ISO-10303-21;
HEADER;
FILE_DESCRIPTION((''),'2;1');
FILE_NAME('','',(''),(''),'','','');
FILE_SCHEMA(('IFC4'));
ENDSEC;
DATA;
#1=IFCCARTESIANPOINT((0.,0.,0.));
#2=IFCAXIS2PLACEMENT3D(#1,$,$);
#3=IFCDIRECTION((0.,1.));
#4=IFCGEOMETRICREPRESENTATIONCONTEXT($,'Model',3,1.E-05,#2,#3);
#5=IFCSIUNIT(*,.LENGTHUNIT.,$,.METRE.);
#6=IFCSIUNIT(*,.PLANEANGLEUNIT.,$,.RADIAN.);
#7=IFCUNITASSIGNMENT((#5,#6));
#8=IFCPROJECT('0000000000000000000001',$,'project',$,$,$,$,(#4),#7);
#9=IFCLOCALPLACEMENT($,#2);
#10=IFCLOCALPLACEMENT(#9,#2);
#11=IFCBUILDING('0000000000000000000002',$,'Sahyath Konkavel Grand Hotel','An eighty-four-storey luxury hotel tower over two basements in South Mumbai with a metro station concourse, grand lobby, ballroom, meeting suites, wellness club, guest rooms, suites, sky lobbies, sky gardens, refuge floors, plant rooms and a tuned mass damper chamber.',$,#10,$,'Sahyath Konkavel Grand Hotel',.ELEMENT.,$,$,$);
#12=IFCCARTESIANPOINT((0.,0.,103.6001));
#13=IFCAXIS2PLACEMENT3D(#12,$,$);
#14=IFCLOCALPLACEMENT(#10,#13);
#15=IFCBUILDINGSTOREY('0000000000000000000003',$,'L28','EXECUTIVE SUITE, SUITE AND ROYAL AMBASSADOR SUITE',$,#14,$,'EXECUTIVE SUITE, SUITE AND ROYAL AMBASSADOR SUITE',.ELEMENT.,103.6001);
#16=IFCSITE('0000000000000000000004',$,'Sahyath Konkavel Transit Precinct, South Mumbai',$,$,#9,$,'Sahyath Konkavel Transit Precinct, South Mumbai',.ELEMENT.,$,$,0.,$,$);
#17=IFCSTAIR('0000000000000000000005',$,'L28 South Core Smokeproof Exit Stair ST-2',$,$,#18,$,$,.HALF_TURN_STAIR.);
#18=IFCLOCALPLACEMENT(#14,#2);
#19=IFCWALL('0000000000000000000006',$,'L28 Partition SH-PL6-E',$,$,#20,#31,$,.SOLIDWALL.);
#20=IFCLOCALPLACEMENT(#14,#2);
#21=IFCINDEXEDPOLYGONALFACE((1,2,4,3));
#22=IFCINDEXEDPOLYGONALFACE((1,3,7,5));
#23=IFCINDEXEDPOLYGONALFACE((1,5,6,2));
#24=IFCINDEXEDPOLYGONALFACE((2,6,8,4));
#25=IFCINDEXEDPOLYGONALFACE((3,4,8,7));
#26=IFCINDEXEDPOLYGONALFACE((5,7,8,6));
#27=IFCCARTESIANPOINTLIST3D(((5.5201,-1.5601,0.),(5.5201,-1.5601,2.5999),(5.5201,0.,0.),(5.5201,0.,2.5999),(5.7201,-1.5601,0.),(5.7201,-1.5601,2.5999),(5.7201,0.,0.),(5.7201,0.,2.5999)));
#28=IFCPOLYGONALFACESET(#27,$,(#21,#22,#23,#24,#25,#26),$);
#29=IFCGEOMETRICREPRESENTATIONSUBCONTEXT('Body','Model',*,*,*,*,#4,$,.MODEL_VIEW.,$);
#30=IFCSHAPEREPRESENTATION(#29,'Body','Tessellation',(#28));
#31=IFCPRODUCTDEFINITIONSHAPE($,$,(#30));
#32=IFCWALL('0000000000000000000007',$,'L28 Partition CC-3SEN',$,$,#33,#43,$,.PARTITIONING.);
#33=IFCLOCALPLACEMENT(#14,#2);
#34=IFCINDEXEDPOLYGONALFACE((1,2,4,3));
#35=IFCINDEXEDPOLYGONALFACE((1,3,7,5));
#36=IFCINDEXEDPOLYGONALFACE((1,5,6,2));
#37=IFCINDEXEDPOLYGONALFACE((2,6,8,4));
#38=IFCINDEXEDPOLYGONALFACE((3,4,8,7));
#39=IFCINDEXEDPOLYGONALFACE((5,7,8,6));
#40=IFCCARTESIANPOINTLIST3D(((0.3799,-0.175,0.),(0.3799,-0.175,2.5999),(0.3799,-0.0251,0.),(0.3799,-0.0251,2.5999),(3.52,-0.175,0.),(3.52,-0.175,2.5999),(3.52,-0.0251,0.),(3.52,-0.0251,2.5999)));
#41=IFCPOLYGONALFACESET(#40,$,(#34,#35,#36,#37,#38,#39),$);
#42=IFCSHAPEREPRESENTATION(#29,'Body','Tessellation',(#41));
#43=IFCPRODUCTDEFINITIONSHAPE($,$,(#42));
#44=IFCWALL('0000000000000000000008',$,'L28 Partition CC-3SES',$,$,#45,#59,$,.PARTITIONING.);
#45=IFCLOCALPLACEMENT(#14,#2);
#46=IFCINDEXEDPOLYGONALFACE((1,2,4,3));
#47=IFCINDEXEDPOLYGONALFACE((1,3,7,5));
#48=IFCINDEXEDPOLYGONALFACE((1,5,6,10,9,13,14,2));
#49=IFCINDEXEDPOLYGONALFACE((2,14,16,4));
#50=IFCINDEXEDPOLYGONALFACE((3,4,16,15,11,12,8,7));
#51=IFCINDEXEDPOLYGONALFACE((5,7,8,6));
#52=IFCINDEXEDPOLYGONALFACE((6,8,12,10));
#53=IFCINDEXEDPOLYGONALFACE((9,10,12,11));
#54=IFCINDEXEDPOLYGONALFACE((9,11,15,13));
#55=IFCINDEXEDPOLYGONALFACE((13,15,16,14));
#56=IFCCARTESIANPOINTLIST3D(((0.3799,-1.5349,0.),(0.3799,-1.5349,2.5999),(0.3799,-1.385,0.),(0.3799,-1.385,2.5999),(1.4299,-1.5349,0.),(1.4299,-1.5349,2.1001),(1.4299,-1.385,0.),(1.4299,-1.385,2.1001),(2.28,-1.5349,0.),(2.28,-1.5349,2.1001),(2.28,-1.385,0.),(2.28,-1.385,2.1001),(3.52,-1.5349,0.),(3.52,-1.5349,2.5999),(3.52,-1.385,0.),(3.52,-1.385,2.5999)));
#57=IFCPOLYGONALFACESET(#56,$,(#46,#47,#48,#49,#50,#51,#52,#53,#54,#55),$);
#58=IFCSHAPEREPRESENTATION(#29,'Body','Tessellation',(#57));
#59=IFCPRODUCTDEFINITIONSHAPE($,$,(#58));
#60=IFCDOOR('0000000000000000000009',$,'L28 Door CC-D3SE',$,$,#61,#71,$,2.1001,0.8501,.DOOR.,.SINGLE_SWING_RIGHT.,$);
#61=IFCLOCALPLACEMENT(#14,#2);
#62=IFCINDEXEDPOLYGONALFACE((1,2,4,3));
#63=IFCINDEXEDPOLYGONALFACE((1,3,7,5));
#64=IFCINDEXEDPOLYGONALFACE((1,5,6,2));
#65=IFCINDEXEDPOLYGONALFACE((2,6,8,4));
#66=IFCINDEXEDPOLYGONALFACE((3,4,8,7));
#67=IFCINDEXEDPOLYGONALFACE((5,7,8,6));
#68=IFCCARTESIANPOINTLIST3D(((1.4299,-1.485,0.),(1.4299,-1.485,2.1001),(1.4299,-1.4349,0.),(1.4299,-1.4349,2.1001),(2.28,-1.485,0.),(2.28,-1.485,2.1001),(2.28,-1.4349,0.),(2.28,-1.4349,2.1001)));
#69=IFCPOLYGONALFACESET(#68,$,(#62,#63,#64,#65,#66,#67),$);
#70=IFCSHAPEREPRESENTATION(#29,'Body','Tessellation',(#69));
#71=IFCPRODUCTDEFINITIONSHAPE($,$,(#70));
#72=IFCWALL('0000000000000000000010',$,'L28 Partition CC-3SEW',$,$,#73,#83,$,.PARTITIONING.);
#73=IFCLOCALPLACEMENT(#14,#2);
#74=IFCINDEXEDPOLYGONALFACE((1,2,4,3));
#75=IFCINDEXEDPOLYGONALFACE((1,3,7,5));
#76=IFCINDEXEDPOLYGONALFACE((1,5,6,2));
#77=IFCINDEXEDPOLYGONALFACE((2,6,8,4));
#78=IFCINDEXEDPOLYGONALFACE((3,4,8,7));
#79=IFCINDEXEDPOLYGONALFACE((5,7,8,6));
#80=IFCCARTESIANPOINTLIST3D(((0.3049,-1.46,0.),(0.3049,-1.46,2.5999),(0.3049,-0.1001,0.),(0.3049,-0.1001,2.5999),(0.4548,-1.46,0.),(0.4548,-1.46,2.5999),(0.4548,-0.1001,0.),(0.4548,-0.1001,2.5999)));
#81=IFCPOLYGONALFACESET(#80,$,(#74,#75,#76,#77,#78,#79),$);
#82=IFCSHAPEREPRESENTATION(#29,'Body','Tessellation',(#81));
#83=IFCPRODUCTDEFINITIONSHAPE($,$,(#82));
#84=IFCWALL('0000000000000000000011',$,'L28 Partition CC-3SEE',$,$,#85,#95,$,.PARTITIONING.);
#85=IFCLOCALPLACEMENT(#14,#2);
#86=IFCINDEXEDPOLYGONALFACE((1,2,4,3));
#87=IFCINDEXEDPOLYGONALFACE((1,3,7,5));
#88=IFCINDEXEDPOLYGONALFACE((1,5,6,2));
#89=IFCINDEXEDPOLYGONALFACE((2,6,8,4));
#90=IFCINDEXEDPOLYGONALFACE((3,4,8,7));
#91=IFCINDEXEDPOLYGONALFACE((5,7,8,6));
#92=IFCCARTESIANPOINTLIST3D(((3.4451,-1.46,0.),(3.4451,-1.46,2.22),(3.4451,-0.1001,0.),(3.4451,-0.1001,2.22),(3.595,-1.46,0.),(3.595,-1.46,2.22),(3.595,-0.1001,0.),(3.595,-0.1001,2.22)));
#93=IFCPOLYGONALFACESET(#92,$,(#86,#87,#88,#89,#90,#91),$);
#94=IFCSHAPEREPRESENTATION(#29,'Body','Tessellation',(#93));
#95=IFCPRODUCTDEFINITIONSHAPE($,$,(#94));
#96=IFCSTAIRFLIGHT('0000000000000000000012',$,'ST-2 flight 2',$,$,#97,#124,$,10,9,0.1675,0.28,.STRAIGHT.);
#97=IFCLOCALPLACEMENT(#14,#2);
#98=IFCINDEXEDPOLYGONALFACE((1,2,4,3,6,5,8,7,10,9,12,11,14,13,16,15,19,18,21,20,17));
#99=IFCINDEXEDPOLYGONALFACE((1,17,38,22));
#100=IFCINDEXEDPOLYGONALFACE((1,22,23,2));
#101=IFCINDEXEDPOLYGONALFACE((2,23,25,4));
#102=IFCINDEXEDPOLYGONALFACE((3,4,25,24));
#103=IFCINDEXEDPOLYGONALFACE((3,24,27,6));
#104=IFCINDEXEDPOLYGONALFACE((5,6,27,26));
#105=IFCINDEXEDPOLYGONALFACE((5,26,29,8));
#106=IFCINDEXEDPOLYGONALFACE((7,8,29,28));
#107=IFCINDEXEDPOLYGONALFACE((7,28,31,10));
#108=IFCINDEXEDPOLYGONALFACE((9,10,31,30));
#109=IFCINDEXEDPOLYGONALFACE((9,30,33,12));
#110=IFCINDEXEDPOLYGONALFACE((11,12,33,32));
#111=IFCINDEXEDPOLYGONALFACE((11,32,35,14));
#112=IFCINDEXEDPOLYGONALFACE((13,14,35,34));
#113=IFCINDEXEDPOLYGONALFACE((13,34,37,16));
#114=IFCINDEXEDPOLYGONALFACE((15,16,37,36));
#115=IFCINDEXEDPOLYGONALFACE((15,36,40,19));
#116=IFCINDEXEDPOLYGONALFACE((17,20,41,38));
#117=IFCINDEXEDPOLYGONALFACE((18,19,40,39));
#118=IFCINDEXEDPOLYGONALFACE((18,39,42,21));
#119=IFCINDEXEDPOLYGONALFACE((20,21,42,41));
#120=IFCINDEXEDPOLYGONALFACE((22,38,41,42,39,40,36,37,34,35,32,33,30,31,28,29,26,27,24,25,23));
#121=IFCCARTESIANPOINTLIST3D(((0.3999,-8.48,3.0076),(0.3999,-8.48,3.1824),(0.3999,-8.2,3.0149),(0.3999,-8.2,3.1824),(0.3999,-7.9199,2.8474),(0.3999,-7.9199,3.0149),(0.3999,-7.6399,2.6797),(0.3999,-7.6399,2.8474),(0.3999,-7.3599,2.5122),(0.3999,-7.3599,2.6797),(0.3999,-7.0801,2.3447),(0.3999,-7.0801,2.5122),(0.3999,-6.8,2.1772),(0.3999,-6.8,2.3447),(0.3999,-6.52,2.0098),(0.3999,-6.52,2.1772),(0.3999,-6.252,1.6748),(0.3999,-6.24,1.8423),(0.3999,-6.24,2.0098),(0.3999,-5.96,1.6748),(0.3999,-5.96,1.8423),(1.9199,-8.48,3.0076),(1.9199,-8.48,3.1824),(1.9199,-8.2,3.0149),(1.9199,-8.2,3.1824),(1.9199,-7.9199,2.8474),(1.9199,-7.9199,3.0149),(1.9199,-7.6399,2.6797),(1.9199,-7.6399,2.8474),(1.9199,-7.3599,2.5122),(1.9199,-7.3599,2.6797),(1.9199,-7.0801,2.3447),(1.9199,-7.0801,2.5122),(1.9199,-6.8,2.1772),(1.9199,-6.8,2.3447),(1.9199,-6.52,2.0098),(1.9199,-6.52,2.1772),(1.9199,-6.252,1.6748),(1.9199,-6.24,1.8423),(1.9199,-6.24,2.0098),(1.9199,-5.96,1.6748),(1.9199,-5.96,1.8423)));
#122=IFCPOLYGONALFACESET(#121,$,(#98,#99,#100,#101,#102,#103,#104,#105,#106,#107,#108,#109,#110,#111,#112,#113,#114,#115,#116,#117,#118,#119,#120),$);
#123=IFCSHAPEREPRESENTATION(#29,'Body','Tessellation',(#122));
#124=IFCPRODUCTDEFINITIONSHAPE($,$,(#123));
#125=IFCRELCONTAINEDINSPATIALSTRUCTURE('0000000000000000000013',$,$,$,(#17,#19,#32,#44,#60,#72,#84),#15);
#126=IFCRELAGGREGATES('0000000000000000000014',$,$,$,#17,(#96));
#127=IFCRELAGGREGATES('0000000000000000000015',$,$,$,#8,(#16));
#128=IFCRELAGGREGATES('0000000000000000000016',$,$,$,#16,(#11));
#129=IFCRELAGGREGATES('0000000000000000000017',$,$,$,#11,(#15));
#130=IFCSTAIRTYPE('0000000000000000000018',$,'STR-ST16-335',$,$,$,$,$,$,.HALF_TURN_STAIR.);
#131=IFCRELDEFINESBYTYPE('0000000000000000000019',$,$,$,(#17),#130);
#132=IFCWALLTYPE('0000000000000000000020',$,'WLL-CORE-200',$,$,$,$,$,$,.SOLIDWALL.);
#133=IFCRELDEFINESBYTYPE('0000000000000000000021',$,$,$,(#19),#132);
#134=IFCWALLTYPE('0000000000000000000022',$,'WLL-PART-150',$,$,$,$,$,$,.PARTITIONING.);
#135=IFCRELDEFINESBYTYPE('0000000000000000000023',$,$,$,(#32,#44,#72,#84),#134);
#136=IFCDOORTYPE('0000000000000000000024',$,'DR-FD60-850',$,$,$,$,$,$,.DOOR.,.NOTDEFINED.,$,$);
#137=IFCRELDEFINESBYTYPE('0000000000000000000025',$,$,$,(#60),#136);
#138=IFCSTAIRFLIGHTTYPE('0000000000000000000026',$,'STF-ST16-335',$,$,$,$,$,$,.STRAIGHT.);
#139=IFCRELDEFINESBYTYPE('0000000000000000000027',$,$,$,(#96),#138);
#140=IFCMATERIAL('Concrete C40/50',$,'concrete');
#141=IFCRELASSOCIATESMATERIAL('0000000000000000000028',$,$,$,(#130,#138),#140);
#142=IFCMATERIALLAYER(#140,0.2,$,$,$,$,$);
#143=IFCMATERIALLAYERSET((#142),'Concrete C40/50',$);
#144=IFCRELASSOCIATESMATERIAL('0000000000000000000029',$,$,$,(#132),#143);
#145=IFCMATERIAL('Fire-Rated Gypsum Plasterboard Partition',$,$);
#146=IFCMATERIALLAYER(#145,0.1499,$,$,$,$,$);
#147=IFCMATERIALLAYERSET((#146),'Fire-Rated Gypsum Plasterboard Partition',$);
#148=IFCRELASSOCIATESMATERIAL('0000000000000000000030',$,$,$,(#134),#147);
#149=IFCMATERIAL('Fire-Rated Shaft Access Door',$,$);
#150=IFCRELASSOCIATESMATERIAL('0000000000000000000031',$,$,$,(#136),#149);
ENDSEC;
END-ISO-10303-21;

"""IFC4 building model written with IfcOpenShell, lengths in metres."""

from ifc_helpers import new_model, si_unit, direction, frame, frame_2d, origin, origin_2d, place, context, subcontext, project, spatial, polyline, rectangle, outline, extrude, source, transform, mapped, material, layer, layer_set, type_object, element, fill, aggregate, save


model = new_model("IFC4")

# Units and contexts
model_context = context("Model", 3, precision=1e-05, world=origin(), true_north=direction((0.0, 1.0)))
body_context = subcontext(model_context, "Body", "Model", "MODEL_VIEW")
ifc_project = project(units=[si_unit("LENGTHUNIT", "METRE"), si_unit("PLANEANGLEUNIT", "RADIAN")], contexts=[model_context])

# Site, building, storey
site_placement = place(None, origin())
site = spatial("IfcSite", under=ifc_project, at=site_placement, Name="Sahyath Konkavel Transit Precinct, South Mumbai", LongName="Sahyath Konkavel Transit Precinct, South Mumbai", CompositionType="ELEMENT", RefElevation=0.0)
building_placement = place(site_placement, origin())
building = spatial("IfcBuilding", under=site, at=building_placement, Name="Sahyath Konkavel Grand Hotel", Description="An eighty-four-storey luxury hotel tower over two basements in South Mumbai with a metro station concourse, grand lobby, ballroom, meeting suites, wellness club, guest rooms, suites, sky lobbies, sky gardens, refuge floors, plant rooms and a tuned mass damper chamber.", LongName="Sahyath Konkavel Grand Hotel", CompositionType="ELEMENT")
storey_placement = place(building_placement, frame((0.0, 0.0, 103.6001)))
storey = spatial("IfcBuildingStorey", under=building, at=storey_placement, Name="L28", Description="EXECUTIVE SUITE, SUITE AND ROYAL AMBASSADOR SUITE", LongName="EXECUTIVE SUITE, SUITE AND ROYAL AMBASSADOR SUITE", CompositionType="ELEMENT", Elevation=103.6001)

# Shared definitions
ifc_material_1 = material(Name="Concrete C40/50", Category="concrete")

# Stair
stair_type = type_object("IfcStairType", Name="STR-ST16-335", PredefinedType="HALF_TURN_STAIR", material=ifc_material_1)
stair_1_placement = place(storey_placement, origin())
stair_1 = element("IfcStair", 1, at=stair_1_placement, inside=storey, type_object=stair_type, Name="L28 South Core Smokeproof Exit Stair ST-2", PredefinedType="HALF_TURN_STAIR")

# Walls
ifc_layer_1 = layer(ifc_material_1, 0.2)
ifc_layer_set_1 = layer_set([ifc_layer_1], Name="Concrete C40/50")
wall_type_1 = type_object("IfcWallType", Name="WLL-CORE-200", PredefinedType="SOLIDWALL", material=ifc_layer_set_1)
wall_1_placement = place(storey_placement, frame((5.6201, -1.5601, 0.0), z_axis=(0.0, 0.0, 1.0), x_axis=(0.0, 1.0, 0.0)))
element("IfcWall", 2, at=wall_1_placement, inside=storey, type_object=wall_type_1, Name="L28 Partition SH-PL6-E", PredefinedType="SOLIDWALL", context=body_context, shape_type="SweptSolid", body=[
    extrude(rectangle(XDim=1.5601, YDim=0.2, at=frame_2d((0.78, 0.0))), origin(), (0.0, 0.0, 1.0), 2.5999),
])
ifc_material_2 = material(Name="Fire-Rated Gypsum Plasterboard Partition")
ifc_layer_2 = layer(ifc_material_2, 0.1499)
ifc_layer_set_2 = layer_set([ifc_layer_2], Name="Fire-Rated Gypsum Plasterboard Partition")
wall_type_2 = type_object("IfcWallType", Name="WLL-PART-150", PredefinedType="PARTITIONING", material=ifc_layer_set_2)
wall_2_placement = place(storey_placement, frame((0.3799, -0.1001, 0.0), z_axis=(0.0, 0.0, 1.0), x_axis=(1.0, 0.0, 0.0)))
element("IfcWall", 3, at=wall_2_placement, inside=storey, type_object=wall_type_2, Name="L28 Partition CC-3SEN", PredefinedType="PARTITIONING", context=body_context, shape_type="SweptSolid", body=[
    extrude(rectangle(XDim=3.1401, YDim=0.1499, at=frame_2d((1.5701, 0.0))), origin(), (0.0, 0.0, 1.0), 2.5999),
])

# Wall, opening, door
wall_3_placement = place(storey_placement, frame((0.3799, -1.46, 0.0), z_axis=(0.0, 0.0, 1.0), x_axis=(1.0, 0.0, 0.0)))
wall_3 = element("IfcWall", 4, at=wall_3_placement, inside=storey, type_object=wall_type_2, Name="L28 Partition CC-3SES", PredefinedType="PARTITIONING", context=body_context, shape_type="SweptSolid", body=[
    extrude(rectangle(XDim=3.1401, YDim=0.1499, at=frame_2d((1.5701, 0.0))), origin(), (0.0, 0.0, 1.0), 2.5999),
])
opening_placement = place(wall_3_placement, frame((1.05, 0.0, 0.0)))
opening = element("IfcOpeningElement", 5, at=opening_placement, cuts=wall_3, PredefinedType="OPENING", context=body_context, shape_type="SweptSolid", body=[
    extrude(rectangle(XDim=0.8501, YDim=2.1001, at=frame_2d((0.425, 1.05))), frame((0.0, 0.085, 0.0), z_axis=(0.0, -1.0, 0.0), x_axis=(1.0, 0.0, 0.0)), (0.0, 0.0, 1.0), 0.1699),
])
ifc_material_3 = material(Name="Fire-Rated Shaft Access Door")
door_type = type_object("IfcDoorType", Name="DR-FD60-850", OperationType="NOTDEFINED", PredefinedType="DOOR", material=ifc_material_3)
shared_shape_1 = source(origin(), body_context, "Body", "SweptSolid", [
    extrude(rectangle(XDim=0.8501, YDim=0.05, at=origin_2d()), origin(), (0.0, 0.0, 1.0), 2.1001),
])
door_placement = place(opening_placement, frame((0.425, 0.0, 0.0)))
door = element("IfcDoor", 6, at=door_placement, inside=storey, type_object=door_type, Name="L28 Door CC-D3SE", OperationType="SINGLE_SWING_RIGHT", OverallHeight=2.1001, OverallWidth=0.8501, PredefinedType="DOOR", context=body_context, shape_type="MappedRepresentation", body=[
    mapped(shared_shape_1, transform((0.0, 0.0, 0.0), scale=1.0)),
])
fill(opening, door)

# Walls
wall_4_placement = place(storey_placement, frame((0.3799, -1.46, 0.0), z_axis=(0.0, 0.0, 1.0), x_axis=(0.0, 1.0, 0.0)))
element("IfcWall", 7, at=wall_4_placement, inside=storey, type_object=wall_type_2, Name="L28 Partition CC-3SEW", PredefinedType="PARTITIONING", context=body_context, shape_type="SweptSolid", body=[
    extrude(rectangle(XDim=1.3599, YDim=0.1499, at=frame_2d((0.6799, 0.0))), origin(), (0.0, 0.0, 1.0), 2.5999),
])
wall_5_placement = place(storey_placement, frame((3.52, -1.46, 0.0), z_axis=(0.0, 0.0, 1.0), x_axis=(0.0, 1.0, 0.0)))
element("IfcWall", 8, at=wall_5_placement, inside=storey, type_object=wall_type_2, Name="L28 Partition CC-3SEE", PredefinedType="PARTITIONING", context=body_context, shape_type="SweptSolid", body=[
    extrude(rectangle(XDim=1.3599, YDim=0.1499, at=frame_2d((0.6799, 0.0))), origin(), (0.0, 0.0, 1.0), 2.22),
])

# Stair flight
stair_flight_type = type_object("IfcStairFlightType", Name="STF-ST16-335", PredefinedType="STRAIGHT", material=ifc_material_1)
stair_flight_placement = place(storey_placement, frame((1.1599, -5.96, 1.6748), z_axis=(0.0, 0.0, 1.0), x_axis=(0.0, -1.0, 0.0)))
stair_flight = element("IfcStairFlight", 9, at=stair_flight_placement, type_object=stair_flight_type, Name="ST-2 flight 2", NumberOfRisers=10, NumberOfTreads=9, PredefinedType="STRAIGHT", RiserHeight=0.1675, TreadLength=0.28, context=body_context, shape_type="SweptSolid", body=[
    extrude(outline(polyline([(0.0, 0.0), (0.0, 0.1675), (0.28, 0.1675), (0.28, 0.335), (0.5601, 0.335), (0.5601, 0.5024), (0.8401, 0.5024), (0.8401, 0.6699), (1.1201, 0.6699), (1.1201, 0.8374), (1.3999, 0.8374), (1.3999, 1.0049), (1.6799, 1.0049), (1.6799, 1.1726), (1.96, 1.1726), (1.96, 1.3401), (2.24, 1.3401), (2.24, 1.5076), (2.52, 1.5076), (2.52, 1.675), (2.52, 1.3328), (0.292, 0.0), (0.0, 0.0)])), frame((0.0, 0.76, 0.0), z_axis=(0.0, -1.0, 0.0), x_axis=(1.0, 0.0, 0.0)), (0.0, 0.0, 1.0), 1.52),
])
aggregate(stair_1, [stair_flight])

save(model, "model.ifc")
